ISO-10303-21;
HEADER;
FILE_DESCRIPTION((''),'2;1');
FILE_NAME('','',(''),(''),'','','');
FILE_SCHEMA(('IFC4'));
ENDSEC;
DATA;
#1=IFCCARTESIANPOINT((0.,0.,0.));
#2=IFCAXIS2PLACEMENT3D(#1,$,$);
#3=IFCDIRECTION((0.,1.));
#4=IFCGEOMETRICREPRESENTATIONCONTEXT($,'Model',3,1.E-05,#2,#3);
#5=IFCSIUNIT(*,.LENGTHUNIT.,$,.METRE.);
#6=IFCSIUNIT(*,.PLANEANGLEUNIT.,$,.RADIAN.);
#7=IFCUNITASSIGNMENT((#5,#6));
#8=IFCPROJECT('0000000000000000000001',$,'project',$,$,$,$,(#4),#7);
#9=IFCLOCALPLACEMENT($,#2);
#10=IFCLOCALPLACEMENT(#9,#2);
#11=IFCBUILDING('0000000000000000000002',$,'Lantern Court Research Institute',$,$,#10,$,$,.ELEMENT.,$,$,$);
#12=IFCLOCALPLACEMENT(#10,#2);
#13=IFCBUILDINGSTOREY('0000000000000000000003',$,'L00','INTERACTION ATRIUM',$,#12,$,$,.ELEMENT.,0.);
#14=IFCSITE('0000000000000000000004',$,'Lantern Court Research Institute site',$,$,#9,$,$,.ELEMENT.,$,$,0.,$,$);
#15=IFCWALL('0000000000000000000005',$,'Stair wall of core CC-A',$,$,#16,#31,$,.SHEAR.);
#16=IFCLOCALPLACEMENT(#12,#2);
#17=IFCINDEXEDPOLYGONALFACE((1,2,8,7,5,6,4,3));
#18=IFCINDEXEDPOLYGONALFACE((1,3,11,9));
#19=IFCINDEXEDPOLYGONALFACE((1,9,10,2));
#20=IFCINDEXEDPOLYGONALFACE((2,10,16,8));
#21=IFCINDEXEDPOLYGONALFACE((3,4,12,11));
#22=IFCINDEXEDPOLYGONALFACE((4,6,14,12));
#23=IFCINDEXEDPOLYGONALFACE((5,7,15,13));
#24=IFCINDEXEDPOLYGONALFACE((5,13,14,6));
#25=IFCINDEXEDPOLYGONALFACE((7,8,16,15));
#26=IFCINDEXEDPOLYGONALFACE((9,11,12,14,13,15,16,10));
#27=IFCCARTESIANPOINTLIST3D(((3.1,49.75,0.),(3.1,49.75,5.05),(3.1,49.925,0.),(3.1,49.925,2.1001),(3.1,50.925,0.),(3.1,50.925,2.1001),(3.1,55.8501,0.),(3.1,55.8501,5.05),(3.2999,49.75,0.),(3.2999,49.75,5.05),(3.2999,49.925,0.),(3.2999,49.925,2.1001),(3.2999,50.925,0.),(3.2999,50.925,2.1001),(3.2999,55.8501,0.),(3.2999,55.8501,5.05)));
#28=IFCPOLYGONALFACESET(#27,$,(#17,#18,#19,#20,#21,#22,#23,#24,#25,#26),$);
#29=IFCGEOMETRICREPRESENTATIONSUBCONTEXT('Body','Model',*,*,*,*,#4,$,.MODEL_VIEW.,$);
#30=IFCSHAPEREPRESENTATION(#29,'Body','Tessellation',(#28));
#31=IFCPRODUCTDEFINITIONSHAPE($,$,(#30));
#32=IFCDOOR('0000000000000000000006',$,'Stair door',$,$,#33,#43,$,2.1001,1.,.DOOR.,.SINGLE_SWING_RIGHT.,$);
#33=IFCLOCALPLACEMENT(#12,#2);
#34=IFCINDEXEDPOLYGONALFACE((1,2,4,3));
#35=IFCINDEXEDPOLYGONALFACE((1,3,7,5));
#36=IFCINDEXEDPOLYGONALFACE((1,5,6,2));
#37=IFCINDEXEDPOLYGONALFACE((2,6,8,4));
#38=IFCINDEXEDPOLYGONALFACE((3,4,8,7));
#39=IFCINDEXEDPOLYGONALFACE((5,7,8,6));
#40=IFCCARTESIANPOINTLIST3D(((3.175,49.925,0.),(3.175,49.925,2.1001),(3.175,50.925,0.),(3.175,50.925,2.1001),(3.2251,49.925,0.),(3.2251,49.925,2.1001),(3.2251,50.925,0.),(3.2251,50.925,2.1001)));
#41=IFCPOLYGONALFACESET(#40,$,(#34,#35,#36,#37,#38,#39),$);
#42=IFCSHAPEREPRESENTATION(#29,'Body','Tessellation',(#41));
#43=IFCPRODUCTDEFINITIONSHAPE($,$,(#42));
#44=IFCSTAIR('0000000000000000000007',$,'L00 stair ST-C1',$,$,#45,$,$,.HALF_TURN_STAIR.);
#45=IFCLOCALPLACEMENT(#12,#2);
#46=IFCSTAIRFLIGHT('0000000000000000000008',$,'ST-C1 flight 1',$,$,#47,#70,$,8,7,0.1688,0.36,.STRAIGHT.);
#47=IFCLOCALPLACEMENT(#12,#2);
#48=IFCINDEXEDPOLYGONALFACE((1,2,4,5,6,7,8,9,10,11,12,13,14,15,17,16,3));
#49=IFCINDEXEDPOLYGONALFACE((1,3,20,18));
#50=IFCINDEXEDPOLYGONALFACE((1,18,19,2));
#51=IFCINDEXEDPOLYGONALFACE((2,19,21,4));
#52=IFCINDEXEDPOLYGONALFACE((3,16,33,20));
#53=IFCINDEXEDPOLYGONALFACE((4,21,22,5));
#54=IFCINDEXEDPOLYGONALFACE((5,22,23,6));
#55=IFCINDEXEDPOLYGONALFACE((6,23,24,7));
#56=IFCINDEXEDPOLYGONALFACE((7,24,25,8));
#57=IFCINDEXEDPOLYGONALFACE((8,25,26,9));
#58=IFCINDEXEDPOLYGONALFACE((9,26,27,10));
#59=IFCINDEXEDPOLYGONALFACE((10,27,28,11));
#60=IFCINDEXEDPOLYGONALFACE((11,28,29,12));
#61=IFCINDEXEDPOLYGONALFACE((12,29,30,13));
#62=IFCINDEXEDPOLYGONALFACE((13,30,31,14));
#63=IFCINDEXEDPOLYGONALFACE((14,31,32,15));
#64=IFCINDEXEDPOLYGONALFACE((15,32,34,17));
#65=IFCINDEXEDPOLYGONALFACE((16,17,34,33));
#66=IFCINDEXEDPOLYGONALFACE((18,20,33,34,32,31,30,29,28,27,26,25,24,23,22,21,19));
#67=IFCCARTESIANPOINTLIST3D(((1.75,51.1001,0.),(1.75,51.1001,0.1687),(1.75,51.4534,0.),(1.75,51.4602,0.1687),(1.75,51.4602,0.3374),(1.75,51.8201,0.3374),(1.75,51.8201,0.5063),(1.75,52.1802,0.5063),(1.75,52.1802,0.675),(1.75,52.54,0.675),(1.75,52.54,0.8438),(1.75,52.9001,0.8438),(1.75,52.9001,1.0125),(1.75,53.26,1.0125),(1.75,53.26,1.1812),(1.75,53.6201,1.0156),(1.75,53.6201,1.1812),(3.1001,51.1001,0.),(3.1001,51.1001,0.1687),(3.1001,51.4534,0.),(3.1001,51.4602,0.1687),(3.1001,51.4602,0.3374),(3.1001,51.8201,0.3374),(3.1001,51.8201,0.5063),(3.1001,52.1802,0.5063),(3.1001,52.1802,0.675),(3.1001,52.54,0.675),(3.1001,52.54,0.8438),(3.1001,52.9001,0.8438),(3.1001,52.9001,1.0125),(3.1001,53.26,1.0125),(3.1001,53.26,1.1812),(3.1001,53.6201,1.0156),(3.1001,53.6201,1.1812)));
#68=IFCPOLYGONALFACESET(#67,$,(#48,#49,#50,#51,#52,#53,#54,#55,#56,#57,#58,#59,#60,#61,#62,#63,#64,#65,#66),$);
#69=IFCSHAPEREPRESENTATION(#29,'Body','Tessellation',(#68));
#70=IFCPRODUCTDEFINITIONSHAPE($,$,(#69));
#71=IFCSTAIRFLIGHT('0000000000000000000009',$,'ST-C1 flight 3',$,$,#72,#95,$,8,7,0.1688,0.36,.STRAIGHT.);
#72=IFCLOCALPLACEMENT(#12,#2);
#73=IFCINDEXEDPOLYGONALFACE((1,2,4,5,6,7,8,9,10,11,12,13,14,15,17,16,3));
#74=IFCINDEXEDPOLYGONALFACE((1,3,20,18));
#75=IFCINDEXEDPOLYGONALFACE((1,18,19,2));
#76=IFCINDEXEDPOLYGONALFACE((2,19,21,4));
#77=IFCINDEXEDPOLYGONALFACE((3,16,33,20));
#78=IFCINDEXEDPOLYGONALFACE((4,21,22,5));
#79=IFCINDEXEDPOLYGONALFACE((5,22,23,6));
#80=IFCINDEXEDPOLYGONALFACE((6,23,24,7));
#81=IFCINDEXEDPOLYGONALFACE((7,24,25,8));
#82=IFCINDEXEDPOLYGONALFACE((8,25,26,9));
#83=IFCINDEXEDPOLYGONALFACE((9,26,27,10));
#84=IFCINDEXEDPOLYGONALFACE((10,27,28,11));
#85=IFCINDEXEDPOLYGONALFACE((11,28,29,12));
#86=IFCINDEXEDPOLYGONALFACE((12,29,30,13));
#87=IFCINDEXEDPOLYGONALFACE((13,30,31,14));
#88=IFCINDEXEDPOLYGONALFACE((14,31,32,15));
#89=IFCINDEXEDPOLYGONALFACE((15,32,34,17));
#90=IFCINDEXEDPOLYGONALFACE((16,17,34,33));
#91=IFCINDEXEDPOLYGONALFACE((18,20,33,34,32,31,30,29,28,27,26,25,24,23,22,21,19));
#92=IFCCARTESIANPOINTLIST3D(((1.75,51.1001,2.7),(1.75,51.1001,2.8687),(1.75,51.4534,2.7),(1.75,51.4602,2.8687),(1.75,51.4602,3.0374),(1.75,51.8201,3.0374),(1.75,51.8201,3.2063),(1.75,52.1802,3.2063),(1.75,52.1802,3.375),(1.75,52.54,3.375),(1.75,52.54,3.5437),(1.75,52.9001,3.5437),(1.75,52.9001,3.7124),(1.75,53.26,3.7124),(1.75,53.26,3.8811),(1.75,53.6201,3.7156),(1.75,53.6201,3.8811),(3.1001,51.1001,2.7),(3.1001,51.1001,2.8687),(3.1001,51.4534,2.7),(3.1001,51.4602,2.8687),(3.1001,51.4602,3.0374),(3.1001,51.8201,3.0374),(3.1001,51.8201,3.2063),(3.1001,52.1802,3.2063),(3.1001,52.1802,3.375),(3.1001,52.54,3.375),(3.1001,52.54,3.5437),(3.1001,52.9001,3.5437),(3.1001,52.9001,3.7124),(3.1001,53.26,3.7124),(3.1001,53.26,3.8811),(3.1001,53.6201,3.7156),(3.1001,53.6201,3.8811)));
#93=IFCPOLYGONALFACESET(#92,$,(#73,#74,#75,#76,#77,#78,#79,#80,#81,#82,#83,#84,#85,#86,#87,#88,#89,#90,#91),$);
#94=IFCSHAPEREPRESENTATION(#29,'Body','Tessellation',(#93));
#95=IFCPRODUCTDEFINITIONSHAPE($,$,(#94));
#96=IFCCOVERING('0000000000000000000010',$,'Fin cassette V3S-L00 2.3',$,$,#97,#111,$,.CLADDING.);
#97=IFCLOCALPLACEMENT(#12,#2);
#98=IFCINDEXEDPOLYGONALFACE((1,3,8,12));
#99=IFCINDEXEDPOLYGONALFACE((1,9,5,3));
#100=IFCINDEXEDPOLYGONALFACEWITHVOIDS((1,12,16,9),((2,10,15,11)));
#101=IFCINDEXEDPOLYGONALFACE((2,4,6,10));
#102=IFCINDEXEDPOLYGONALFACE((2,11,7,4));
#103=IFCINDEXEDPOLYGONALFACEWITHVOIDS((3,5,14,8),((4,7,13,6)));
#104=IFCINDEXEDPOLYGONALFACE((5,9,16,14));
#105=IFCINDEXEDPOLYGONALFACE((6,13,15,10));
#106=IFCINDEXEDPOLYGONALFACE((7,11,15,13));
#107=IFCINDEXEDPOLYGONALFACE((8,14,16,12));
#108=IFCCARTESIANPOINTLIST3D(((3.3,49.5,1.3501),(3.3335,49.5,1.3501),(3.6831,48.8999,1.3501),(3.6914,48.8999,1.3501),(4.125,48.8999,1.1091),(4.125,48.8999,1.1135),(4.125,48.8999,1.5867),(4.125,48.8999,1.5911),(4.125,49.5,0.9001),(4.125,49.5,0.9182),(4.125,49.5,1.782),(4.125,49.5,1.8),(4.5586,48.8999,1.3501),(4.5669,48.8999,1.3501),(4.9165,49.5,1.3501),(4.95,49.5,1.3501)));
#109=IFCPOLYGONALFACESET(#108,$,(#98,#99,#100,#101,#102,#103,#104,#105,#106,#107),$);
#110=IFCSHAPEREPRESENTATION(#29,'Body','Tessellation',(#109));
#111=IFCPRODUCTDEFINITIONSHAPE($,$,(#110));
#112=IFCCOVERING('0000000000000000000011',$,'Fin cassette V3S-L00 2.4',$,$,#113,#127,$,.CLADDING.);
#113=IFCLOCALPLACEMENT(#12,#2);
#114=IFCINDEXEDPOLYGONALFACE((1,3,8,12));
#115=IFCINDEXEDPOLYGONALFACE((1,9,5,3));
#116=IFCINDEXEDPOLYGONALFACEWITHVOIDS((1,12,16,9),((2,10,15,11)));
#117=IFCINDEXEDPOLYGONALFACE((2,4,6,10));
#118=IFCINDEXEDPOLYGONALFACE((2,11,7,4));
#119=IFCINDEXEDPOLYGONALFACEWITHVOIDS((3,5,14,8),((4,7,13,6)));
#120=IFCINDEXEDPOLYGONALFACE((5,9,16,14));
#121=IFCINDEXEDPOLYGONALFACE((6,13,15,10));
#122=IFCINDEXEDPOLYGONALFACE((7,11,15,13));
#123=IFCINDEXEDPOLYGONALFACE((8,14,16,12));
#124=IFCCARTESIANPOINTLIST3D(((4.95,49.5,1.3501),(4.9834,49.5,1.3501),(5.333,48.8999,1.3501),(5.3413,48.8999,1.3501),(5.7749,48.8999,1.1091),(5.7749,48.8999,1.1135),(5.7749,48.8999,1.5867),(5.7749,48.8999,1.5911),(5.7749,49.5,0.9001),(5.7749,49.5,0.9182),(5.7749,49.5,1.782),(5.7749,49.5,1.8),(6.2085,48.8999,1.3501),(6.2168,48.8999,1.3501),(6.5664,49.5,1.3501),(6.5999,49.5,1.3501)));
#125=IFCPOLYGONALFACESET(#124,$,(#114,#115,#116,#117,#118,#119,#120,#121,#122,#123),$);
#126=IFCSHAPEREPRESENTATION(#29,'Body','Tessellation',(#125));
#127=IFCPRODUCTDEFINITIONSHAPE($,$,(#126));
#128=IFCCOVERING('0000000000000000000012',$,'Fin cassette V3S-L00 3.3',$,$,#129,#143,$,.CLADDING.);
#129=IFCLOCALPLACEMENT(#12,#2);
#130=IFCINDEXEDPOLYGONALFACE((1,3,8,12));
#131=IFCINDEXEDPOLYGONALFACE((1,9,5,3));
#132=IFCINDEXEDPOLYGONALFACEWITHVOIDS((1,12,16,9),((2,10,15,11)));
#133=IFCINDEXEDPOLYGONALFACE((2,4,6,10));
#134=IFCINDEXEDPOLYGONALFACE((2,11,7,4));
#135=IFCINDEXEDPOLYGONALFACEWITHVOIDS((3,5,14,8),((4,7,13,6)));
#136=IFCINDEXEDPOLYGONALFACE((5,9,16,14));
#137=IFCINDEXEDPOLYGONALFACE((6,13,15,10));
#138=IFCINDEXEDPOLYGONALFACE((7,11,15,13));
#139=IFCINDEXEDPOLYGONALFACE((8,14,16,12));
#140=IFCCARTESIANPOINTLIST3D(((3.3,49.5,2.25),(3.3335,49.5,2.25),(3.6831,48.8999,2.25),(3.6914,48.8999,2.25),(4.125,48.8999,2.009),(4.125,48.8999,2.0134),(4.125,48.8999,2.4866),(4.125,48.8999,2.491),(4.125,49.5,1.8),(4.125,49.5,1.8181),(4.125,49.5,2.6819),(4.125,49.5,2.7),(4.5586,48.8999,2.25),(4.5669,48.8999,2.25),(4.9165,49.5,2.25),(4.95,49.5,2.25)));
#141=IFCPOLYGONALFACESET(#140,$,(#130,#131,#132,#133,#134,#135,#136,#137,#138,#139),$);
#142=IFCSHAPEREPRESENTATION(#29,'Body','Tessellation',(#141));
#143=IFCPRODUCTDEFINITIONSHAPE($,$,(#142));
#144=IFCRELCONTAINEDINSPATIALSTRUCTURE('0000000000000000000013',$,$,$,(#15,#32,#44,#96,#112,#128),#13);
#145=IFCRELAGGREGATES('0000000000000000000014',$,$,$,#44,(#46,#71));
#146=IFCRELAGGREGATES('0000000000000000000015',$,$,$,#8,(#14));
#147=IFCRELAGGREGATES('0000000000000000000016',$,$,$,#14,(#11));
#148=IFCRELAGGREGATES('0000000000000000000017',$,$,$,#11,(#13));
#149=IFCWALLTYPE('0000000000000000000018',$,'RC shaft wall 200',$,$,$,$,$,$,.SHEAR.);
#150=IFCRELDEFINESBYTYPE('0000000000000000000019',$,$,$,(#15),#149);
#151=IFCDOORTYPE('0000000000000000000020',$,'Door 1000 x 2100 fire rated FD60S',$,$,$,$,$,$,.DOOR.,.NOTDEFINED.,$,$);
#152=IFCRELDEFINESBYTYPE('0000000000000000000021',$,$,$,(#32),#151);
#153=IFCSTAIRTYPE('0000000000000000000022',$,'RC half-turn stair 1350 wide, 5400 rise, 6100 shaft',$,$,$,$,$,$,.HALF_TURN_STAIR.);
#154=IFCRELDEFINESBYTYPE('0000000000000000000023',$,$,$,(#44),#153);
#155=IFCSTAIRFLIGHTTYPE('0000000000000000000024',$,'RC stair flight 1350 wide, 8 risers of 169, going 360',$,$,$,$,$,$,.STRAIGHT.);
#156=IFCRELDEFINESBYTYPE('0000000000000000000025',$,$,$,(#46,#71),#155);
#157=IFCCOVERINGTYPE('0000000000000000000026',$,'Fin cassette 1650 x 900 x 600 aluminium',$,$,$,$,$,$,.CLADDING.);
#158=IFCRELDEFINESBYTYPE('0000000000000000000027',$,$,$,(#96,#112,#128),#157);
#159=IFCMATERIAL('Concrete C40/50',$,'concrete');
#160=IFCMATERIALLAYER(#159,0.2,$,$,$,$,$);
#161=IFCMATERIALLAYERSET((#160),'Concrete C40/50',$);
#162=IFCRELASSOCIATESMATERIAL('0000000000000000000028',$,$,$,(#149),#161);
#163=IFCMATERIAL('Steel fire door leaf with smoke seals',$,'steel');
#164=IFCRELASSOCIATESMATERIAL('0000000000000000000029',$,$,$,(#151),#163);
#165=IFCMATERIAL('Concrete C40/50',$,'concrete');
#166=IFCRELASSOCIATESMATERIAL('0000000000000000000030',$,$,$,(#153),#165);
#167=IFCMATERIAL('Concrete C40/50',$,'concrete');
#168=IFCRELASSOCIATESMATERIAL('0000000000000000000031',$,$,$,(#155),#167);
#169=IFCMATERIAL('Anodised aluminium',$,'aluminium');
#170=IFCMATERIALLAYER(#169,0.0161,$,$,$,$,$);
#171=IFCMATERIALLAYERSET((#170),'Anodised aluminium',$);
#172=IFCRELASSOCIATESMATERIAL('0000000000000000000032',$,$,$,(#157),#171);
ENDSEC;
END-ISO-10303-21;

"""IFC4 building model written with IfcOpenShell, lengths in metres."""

from ifc_helpers import new_model, entity, si_unit, direction, frame, frame_2d, origin, place, context, subcontext, project, spatial, polyline, rectangle, outline, extrude, material, layer, layer_set, type_object, element, fill, aggregate, save


model = new_model("IFC4")

# Units and contexts
model_context = context("Model", 3, precision=1e-05, world=origin(), true_north=direction((0.0, 1.0)))
body_context = subcontext(model_context, "Body", "Model", "MODEL_VIEW")
ifc_project = project(units=[si_unit("LENGTHUNIT", "METRE"), si_unit("PLANEANGLEUNIT", "RADIAN")], contexts=[model_context])

# Site, building, storey
site_placement = place(None, origin())
site = spatial("IfcSite", under=ifc_project, at=site_placement, Name="Lantern Court Research Institute site", CompositionType="ELEMENT", RefElevation=0.0)
building_placement = place(site_placement, origin())
building = spatial("IfcBuilding", under=site, at=building_placement, Name="Lantern Court Research Institute", CompositionType="ELEMENT")
storey_placement = place(building_placement, origin())
storey = spatial("IfcBuildingStorey", under=building, at=storey_placement, Name="L00", Description="INTERACTION ATRIUM", CompositionType="ELEMENT", Elevation=0.0)

# Wall, opening, door
ifc_material_1 = material(Name="Concrete C40/50", Category="concrete")
ifc_layer_1 = layer(ifc_material_1, 0.2)
ifc_layer_set_1 = layer_set([ifc_layer_1], Name="Concrete C40/50")
wall_type = type_object("IfcWallType", Name="RC shaft wall 200", PredefinedType="SHEAR", material=ifc_layer_set_1)
wall_placement = place(storey_placement, frame((3.2, 49.75, 0.0), z_axis=(0.0, 0.0, 1.0), x_axis=(0.0, 1.0, 0.0)))
wall = element("IfcWall", 1, at=wall_placement, inside=storey, type_object=wall_type, Name="Stair wall of core CC-A", PredefinedType="SHEAR", context=body_context, shape_type="SweptSolid", body=[
    extrude(rectangle(XDim=6.1001, YDim=0.2, at=frame_2d((3.05, 0.0))), origin(), (0.0, 0.0, 1.0), 5.05),
])
opening_placement = place(wall_placement, frame((0.175, 0.0, 0.0)))
opening = element("IfcOpeningElement", 2, at=opening_placement, cuts=wall, PredefinedType="OPENING", context=body_context, shape_type="SweptSolid", body=[
    extrude(rectangle(XDim=1.0, YDim=2.1001, at=frame_2d((0.5, 1.05))), frame((0.0, 0.1099, 0.0), z_axis=(0.0, -1.0, 0.0), x_axis=(1.0, 0.0, 0.0)), (0.0, 0.0, 1.0), 0.22),
])
ifc_material_2 = material(Name="Steel fire door leaf with smoke seals", Category="steel")
door_type = type_object("IfcDoorType", Name="Door 1000 x 2100 fire rated FD60S", OperationType="NOTDEFINED", PredefinedType="DOOR", material=ifc_material_2)
door_placement = place(opening_placement, origin())
door = element("IfcDoor", 3, at=door_placement, inside=storey, type_object=door_type, Name="Stair door", OperationType="SINGLE_SWING_RIGHT", OverallHeight=2.1001, OverallWidth=1.0, PredefinedType="DOOR", context=body_context, shape_type="SweptSolid", body=[
    extrude(rectangle(XDim=1.0, YDim=2.1001, at=frame_2d((0.5, 1.05))), frame((0.0, 0.0249, 0.0), z_axis=(0.0, -1.0, 0.0), x_axis=(1.0, 0.0, 0.0)), (0.0, 0.0, 1.0), 0.05),
])
fill(opening, door)

# Stair, stair flights
ifc_material_3 = material(Name="Concrete C40/50", Category="concrete")
stair_type = type_object("IfcStairType", Name="RC half-turn stair 1350 wide, 5400 rise, 6100 shaft", PredefinedType="HALF_TURN_STAIR", material=ifc_material_3)
stair_placement = place(storey_placement, origin())
stair = element("IfcStair", 4, at=stair_placement, inside=storey, type_object=stair_type, Name="L00 stair ST-C1", PredefinedType="HALF_TURN_STAIR")
ifc_material_4 = material(Name="Concrete C40/50", Category="concrete")
stair_flight_type = type_object("IfcStairFlightType", Name="RC stair flight 1350 wide, 8 risers of 169, going 360", PredefinedType="STRAIGHT", material=ifc_material_4)
stair_flight_1_placement = place(storey_placement, frame((2.425, 51.1001, 0.0), z_axis=(0.0, 0.0, 1.0), x_axis=(0.0, 1.0, 0.0)))
stair_flight_1 = element("IfcStairFlight", 5, at=stair_flight_1_placement, type_object=stair_flight_type, Name="ST-C1 flight 1", NumberOfRisers=8, NumberOfTreads=7, PredefinedType="STRAIGHT", RiserHeight=0.1688, TreadLength=0.36, context=body_context, shape_type="SweptSolid", body=[
    extrude(outline(polyline([(0.0, 0.0), (0.0, 0.1687), (0.3601, 0.1687), (0.3601, 0.3374), (0.72, 0.3374), (0.72, 0.5063), (1.0801, 0.5063), (1.0801, 0.675), (1.4399, 0.675), (1.4399, 0.8438), (1.8, 0.8438), (1.8, 1.0125), (2.1599, 1.0125), (2.1599, 1.1812), (2.52, 1.1812), (2.52, 1.3501), (2.52, 1.0156), (0.3533, 0.0), (0.0, 0.0)])), frame((0.0, 0.675, 0.0), z_axis=(0.0, -1.0, 0.0), x_axis=(1.0, 0.0, 0.0)), (0.0, 0.0, 1.0), 1.3501),
])
stair_flight_2_placement = place(storey_placement, frame((2.425, 51.1001, 2.7), z_axis=(0.0, 0.0, 1.0), x_axis=(0.0, 1.0, 0.0)))
stair_flight_2 = element("IfcStairFlight", 6, at=stair_flight_2_placement, type_object=stair_flight_type, Name="ST-C1 flight 3", NumberOfRisers=8, NumberOfTreads=7, PredefinedType="STRAIGHT", RiserHeight=0.1688, TreadLength=0.36, context=body_context, shape_type="SweptSolid", body=[
    extrude(outline(polyline([(0.0, 0.0), (0.0, 0.1687), (0.3601, 0.1687), (0.3601, 0.3374), (0.72, 0.3374), (0.72, 0.5063), (1.0801, 0.5063), (1.0801, 0.675), (1.4399, 0.675), (1.4399, 0.8438), (1.8, 0.8438), (1.8, 1.0125), (2.1599, 1.0125), (2.1599, 1.1812), (2.52, 1.1812), (2.52, 1.3501), (2.52, 1.0156), (0.3533, 0.0), (0.0, 0.0)])), frame((0.0, 0.675, 0.0), z_axis=(0.0, -1.0, 0.0), x_axis=(1.0, 0.0, 0.0)), (0.0, 0.0, 1.0), 1.3501),
])
aggregate(stair, [stair_flight_1, stair_flight_2])

# Coverings
ifc_material_5 = material(Name="Anodised aluminium", Category="aluminium")
ifc_layer_2 = layer(ifc_material_5, 0.0161)
ifc_layer_set_2 = layer_set([ifc_layer_2], Name="Anodised aluminium")
covering_type = type_object("IfcCoveringType", Name="Fin cassette 1650 x 900 x 600 aluminium", PredefinedType="CLADDING", material=ifc_layer_set_2)
covering_1_placement = place(storey_placement, frame((4.125, 49.5, 1.3501), z_axis=(0.0, -1.0, 0.0), x_axis=(1.0, 0.0, 0.0)))
cartesian_point_1 = entity("IfcCartesianPoint", [0.825, 0.0])
cartesian_point_2 = entity("IfcCartesianPoint", [0.7915, 0.0])
cartesian_point_3 = entity("IfcCartesianPoint", [0.4419, 0.0])
cartesian_point_4 = entity("IfcCartesianPoint", [0.4336, 0.0])
element("IfcCovering", 7, at=covering_1_placement, inside=storey, type_object=covering_type, Name="Fin cassette V3S-L00 2.3", PredefinedType="CLADDING", context=body_context, shape_type="SweptSolid", body=[
    entity("IfcExtrudedAreaSolidTapered", entity("IfcArbitraryProfileDefWithVoids", "AREA", None, entity("IfcPolyline", [cartesian_point_1, entity("IfcCartesianPoint", [0.0, 0.45]), entity("IfcCartesianPoint", [-0.825, 0.0]), entity("IfcCartesianPoint", [0.0, -0.45]), cartesian_point_1]), [entity("IfcPolyline", [cartesian_point_2, entity("IfcCartesianPoint", [0.0, 0.4319]), entity("IfcCartesianPoint", [-0.7915, 0.0]), entity("IfcCartesianPoint", [0.0, -0.4319]), cartesian_point_2])]), entity("IfcAxis2Placement3D", entity("IfcCartesianPoint", [0.0, 0.0, 0.0])), entity("IfcDirection", [0.0, 0.0, 1.0]), 0.6001, entity("IfcArbitraryProfileDefWithVoids", "AREA", None, entity("IfcPolyline", [cartesian_point_3, entity("IfcCartesianPoint", [0.0, 0.241]), entity("IfcCartesianPoint", [-0.4419, 0.0]), entity("IfcCartesianPoint", [0.0, -0.241]), cartesian_point_3]), [entity("IfcPolyline", [cartesian_point_4, entity("IfcCartesianPoint", [0.0, 0.2366]), entity("IfcCartesianPoint", [-0.4336, 0.0]), entity("IfcCartesianPoint", [0.0, -0.2366]), cartesian_point_4])])),
])
covering_2_placement = place(storey_placement, frame((5.7749, 49.5, 1.3501), z_axis=(0.0, -1.0, 0.0), x_axis=(1.0, 0.0, 0.0)))
cartesian_point_5 = entity("IfcCartesianPoint", [0.825, 0.0])
cartesian_point_6 = entity("IfcCartesianPoint", [0.7915, 0.0])
cartesian_point_7 = entity("IfcCartesianPoint", [0.4419, 0.0])
cartesian_point_8 = entity("IfcCartesianPoint", [0.4336, 0.0])
element("IfcCovering", 8, at=covering_2_placement, inside=storey, type_object=covering_type, Name="Fin cassette V3S-L00 2.4", PredefinedType="CLADDING", context=body_context, shape_type="SweptSolid", body=[
    entity("IfcExtrudedAreaSolidTapered", entity("IfcArbitraryProfileDefWithVoids", "AREA", None, entity("IfcPolyline", [cartesian_point_5, entity("IfcCartesianPoint", [0.0, 0.45]), entity("IfcCartesianPoint", [-0.825, 0.0]), entity("IfcCartesianPoint", [0.0, -0.45]), cartesian_point_5]), [entity("IfcPolyline", [cartesian_point_6, entity("IfcCartesianPoint", [0.0, 0.4319]), entity("IfcCartesianPoint", [-0.7915, 0.0]), entity("IfcCartesianPoint", [0.0, -0.4319]), cartesian_point_6])]), entity("IfcAxis2Placement3D", entity("IfcCartesianPoint", [0.0, 0.0, 0.0])), entity("IfcDirection", [0.0, 0.0, 1.0]), 0.6001, entity("IfcArbitraryProfileDefWithVoids", "AREA", None, entity("IfcPolyline", [cartesian_point_7, entity("IfcCartesianPoint", [0.0, 0.241]), entity("IfcCartesianPoint", [-0.4419, 0.0]), entity("IfcCartesianPoint", [0.0, -0.241]), cartesian_point_7]), [entity("IfcPolyline", [cartesian_point_8, entity("IfcCartesianPoint", [0.0, 0.2366]), entity("IfcCartesianPoint", [-0.4336, 0.0]), entity("IfcCartesianPoint", [0.0, -0.2366]), cartesian_point_8])])),
])
covering_3_placement = place(storey_placement, frame((4.125, 49.5, 2.25), z_axis=(0.0, -1.0, 0.0), x_axis=(1.0, 0.0, 0.0)))
cartesian_point_9 = entity("IfcCartesianPoint", [0.825, 0.0])
cartesian_point_10 = entity("IfcCartesianPoint", [0.7915, 0.0])
cartesian_point_11 = entity("IfcCartesianPoint", [0.4419, 0.0])
cartesian_point_12 = entity("IfcCartesianPoint", [0.4336, 0.0])
element("IfcCovering", 9, at=covering_3_placement, inside=storey, type_object=covering_type, Name="Fin cassette V3S-L00 3.3", PredefinedType="CLADDING", context=body_context, shape_type="SweptSolid", body=[
    entity("IfcExtrudedAreaSolidTapered", entity("IfcArbitraryProfileDefWithVoids", "AREA", None, entity("IfcPolyline", [cartesian_point_9, entity("IfcCartesianPoint", [0.0, 0.45]), entity("IfcCartesianPoint", [-0.825, 0.0]), entity("IfcCartesianPoint", [0.0, -0.45]), cartesian_point_9]), [entity("IfcPolyline", [cartesian_point_10, entity("IfcCartesianPoint", [0.0, 0.4319]), entity("IfcCartesianPoint", [-0.7915, 0.0]), entity("IfcCartesianPoint", [0.0, -0.4319]), cartesian_point_10])]), entity("IfcAxis2Placement3D", entity("IfcCartesianPoint", [0.0, 0.0, 0.0])), entity("IfcDirection", [0.0, 0.0, 1.0]), 0.6001, entity("IfcArbitraryProfileDefWithVoids", "AREA", None, entity("IfcPolyline", [cartesian_point_11, entity("IfcCartesianPoint", [0.0, 0.241]), entity("IfcCartesianPoint", [-0.4419, 0.0]), entity("IfcCartesianPoint", [0.0, -0.241]), cartesian_point_11]), [entity("IfcPolyline", [cartesian_point_12, entity("IfcCartesianPoint", [0.0, 0.2366]), entity("IfcCartesianPoint", [-0.4336, 0.0]), entity("IfcCartesianPoint", [0.0, -0.2366]), cartesian_point_12])])),
])

save(model, "model.ifc")
